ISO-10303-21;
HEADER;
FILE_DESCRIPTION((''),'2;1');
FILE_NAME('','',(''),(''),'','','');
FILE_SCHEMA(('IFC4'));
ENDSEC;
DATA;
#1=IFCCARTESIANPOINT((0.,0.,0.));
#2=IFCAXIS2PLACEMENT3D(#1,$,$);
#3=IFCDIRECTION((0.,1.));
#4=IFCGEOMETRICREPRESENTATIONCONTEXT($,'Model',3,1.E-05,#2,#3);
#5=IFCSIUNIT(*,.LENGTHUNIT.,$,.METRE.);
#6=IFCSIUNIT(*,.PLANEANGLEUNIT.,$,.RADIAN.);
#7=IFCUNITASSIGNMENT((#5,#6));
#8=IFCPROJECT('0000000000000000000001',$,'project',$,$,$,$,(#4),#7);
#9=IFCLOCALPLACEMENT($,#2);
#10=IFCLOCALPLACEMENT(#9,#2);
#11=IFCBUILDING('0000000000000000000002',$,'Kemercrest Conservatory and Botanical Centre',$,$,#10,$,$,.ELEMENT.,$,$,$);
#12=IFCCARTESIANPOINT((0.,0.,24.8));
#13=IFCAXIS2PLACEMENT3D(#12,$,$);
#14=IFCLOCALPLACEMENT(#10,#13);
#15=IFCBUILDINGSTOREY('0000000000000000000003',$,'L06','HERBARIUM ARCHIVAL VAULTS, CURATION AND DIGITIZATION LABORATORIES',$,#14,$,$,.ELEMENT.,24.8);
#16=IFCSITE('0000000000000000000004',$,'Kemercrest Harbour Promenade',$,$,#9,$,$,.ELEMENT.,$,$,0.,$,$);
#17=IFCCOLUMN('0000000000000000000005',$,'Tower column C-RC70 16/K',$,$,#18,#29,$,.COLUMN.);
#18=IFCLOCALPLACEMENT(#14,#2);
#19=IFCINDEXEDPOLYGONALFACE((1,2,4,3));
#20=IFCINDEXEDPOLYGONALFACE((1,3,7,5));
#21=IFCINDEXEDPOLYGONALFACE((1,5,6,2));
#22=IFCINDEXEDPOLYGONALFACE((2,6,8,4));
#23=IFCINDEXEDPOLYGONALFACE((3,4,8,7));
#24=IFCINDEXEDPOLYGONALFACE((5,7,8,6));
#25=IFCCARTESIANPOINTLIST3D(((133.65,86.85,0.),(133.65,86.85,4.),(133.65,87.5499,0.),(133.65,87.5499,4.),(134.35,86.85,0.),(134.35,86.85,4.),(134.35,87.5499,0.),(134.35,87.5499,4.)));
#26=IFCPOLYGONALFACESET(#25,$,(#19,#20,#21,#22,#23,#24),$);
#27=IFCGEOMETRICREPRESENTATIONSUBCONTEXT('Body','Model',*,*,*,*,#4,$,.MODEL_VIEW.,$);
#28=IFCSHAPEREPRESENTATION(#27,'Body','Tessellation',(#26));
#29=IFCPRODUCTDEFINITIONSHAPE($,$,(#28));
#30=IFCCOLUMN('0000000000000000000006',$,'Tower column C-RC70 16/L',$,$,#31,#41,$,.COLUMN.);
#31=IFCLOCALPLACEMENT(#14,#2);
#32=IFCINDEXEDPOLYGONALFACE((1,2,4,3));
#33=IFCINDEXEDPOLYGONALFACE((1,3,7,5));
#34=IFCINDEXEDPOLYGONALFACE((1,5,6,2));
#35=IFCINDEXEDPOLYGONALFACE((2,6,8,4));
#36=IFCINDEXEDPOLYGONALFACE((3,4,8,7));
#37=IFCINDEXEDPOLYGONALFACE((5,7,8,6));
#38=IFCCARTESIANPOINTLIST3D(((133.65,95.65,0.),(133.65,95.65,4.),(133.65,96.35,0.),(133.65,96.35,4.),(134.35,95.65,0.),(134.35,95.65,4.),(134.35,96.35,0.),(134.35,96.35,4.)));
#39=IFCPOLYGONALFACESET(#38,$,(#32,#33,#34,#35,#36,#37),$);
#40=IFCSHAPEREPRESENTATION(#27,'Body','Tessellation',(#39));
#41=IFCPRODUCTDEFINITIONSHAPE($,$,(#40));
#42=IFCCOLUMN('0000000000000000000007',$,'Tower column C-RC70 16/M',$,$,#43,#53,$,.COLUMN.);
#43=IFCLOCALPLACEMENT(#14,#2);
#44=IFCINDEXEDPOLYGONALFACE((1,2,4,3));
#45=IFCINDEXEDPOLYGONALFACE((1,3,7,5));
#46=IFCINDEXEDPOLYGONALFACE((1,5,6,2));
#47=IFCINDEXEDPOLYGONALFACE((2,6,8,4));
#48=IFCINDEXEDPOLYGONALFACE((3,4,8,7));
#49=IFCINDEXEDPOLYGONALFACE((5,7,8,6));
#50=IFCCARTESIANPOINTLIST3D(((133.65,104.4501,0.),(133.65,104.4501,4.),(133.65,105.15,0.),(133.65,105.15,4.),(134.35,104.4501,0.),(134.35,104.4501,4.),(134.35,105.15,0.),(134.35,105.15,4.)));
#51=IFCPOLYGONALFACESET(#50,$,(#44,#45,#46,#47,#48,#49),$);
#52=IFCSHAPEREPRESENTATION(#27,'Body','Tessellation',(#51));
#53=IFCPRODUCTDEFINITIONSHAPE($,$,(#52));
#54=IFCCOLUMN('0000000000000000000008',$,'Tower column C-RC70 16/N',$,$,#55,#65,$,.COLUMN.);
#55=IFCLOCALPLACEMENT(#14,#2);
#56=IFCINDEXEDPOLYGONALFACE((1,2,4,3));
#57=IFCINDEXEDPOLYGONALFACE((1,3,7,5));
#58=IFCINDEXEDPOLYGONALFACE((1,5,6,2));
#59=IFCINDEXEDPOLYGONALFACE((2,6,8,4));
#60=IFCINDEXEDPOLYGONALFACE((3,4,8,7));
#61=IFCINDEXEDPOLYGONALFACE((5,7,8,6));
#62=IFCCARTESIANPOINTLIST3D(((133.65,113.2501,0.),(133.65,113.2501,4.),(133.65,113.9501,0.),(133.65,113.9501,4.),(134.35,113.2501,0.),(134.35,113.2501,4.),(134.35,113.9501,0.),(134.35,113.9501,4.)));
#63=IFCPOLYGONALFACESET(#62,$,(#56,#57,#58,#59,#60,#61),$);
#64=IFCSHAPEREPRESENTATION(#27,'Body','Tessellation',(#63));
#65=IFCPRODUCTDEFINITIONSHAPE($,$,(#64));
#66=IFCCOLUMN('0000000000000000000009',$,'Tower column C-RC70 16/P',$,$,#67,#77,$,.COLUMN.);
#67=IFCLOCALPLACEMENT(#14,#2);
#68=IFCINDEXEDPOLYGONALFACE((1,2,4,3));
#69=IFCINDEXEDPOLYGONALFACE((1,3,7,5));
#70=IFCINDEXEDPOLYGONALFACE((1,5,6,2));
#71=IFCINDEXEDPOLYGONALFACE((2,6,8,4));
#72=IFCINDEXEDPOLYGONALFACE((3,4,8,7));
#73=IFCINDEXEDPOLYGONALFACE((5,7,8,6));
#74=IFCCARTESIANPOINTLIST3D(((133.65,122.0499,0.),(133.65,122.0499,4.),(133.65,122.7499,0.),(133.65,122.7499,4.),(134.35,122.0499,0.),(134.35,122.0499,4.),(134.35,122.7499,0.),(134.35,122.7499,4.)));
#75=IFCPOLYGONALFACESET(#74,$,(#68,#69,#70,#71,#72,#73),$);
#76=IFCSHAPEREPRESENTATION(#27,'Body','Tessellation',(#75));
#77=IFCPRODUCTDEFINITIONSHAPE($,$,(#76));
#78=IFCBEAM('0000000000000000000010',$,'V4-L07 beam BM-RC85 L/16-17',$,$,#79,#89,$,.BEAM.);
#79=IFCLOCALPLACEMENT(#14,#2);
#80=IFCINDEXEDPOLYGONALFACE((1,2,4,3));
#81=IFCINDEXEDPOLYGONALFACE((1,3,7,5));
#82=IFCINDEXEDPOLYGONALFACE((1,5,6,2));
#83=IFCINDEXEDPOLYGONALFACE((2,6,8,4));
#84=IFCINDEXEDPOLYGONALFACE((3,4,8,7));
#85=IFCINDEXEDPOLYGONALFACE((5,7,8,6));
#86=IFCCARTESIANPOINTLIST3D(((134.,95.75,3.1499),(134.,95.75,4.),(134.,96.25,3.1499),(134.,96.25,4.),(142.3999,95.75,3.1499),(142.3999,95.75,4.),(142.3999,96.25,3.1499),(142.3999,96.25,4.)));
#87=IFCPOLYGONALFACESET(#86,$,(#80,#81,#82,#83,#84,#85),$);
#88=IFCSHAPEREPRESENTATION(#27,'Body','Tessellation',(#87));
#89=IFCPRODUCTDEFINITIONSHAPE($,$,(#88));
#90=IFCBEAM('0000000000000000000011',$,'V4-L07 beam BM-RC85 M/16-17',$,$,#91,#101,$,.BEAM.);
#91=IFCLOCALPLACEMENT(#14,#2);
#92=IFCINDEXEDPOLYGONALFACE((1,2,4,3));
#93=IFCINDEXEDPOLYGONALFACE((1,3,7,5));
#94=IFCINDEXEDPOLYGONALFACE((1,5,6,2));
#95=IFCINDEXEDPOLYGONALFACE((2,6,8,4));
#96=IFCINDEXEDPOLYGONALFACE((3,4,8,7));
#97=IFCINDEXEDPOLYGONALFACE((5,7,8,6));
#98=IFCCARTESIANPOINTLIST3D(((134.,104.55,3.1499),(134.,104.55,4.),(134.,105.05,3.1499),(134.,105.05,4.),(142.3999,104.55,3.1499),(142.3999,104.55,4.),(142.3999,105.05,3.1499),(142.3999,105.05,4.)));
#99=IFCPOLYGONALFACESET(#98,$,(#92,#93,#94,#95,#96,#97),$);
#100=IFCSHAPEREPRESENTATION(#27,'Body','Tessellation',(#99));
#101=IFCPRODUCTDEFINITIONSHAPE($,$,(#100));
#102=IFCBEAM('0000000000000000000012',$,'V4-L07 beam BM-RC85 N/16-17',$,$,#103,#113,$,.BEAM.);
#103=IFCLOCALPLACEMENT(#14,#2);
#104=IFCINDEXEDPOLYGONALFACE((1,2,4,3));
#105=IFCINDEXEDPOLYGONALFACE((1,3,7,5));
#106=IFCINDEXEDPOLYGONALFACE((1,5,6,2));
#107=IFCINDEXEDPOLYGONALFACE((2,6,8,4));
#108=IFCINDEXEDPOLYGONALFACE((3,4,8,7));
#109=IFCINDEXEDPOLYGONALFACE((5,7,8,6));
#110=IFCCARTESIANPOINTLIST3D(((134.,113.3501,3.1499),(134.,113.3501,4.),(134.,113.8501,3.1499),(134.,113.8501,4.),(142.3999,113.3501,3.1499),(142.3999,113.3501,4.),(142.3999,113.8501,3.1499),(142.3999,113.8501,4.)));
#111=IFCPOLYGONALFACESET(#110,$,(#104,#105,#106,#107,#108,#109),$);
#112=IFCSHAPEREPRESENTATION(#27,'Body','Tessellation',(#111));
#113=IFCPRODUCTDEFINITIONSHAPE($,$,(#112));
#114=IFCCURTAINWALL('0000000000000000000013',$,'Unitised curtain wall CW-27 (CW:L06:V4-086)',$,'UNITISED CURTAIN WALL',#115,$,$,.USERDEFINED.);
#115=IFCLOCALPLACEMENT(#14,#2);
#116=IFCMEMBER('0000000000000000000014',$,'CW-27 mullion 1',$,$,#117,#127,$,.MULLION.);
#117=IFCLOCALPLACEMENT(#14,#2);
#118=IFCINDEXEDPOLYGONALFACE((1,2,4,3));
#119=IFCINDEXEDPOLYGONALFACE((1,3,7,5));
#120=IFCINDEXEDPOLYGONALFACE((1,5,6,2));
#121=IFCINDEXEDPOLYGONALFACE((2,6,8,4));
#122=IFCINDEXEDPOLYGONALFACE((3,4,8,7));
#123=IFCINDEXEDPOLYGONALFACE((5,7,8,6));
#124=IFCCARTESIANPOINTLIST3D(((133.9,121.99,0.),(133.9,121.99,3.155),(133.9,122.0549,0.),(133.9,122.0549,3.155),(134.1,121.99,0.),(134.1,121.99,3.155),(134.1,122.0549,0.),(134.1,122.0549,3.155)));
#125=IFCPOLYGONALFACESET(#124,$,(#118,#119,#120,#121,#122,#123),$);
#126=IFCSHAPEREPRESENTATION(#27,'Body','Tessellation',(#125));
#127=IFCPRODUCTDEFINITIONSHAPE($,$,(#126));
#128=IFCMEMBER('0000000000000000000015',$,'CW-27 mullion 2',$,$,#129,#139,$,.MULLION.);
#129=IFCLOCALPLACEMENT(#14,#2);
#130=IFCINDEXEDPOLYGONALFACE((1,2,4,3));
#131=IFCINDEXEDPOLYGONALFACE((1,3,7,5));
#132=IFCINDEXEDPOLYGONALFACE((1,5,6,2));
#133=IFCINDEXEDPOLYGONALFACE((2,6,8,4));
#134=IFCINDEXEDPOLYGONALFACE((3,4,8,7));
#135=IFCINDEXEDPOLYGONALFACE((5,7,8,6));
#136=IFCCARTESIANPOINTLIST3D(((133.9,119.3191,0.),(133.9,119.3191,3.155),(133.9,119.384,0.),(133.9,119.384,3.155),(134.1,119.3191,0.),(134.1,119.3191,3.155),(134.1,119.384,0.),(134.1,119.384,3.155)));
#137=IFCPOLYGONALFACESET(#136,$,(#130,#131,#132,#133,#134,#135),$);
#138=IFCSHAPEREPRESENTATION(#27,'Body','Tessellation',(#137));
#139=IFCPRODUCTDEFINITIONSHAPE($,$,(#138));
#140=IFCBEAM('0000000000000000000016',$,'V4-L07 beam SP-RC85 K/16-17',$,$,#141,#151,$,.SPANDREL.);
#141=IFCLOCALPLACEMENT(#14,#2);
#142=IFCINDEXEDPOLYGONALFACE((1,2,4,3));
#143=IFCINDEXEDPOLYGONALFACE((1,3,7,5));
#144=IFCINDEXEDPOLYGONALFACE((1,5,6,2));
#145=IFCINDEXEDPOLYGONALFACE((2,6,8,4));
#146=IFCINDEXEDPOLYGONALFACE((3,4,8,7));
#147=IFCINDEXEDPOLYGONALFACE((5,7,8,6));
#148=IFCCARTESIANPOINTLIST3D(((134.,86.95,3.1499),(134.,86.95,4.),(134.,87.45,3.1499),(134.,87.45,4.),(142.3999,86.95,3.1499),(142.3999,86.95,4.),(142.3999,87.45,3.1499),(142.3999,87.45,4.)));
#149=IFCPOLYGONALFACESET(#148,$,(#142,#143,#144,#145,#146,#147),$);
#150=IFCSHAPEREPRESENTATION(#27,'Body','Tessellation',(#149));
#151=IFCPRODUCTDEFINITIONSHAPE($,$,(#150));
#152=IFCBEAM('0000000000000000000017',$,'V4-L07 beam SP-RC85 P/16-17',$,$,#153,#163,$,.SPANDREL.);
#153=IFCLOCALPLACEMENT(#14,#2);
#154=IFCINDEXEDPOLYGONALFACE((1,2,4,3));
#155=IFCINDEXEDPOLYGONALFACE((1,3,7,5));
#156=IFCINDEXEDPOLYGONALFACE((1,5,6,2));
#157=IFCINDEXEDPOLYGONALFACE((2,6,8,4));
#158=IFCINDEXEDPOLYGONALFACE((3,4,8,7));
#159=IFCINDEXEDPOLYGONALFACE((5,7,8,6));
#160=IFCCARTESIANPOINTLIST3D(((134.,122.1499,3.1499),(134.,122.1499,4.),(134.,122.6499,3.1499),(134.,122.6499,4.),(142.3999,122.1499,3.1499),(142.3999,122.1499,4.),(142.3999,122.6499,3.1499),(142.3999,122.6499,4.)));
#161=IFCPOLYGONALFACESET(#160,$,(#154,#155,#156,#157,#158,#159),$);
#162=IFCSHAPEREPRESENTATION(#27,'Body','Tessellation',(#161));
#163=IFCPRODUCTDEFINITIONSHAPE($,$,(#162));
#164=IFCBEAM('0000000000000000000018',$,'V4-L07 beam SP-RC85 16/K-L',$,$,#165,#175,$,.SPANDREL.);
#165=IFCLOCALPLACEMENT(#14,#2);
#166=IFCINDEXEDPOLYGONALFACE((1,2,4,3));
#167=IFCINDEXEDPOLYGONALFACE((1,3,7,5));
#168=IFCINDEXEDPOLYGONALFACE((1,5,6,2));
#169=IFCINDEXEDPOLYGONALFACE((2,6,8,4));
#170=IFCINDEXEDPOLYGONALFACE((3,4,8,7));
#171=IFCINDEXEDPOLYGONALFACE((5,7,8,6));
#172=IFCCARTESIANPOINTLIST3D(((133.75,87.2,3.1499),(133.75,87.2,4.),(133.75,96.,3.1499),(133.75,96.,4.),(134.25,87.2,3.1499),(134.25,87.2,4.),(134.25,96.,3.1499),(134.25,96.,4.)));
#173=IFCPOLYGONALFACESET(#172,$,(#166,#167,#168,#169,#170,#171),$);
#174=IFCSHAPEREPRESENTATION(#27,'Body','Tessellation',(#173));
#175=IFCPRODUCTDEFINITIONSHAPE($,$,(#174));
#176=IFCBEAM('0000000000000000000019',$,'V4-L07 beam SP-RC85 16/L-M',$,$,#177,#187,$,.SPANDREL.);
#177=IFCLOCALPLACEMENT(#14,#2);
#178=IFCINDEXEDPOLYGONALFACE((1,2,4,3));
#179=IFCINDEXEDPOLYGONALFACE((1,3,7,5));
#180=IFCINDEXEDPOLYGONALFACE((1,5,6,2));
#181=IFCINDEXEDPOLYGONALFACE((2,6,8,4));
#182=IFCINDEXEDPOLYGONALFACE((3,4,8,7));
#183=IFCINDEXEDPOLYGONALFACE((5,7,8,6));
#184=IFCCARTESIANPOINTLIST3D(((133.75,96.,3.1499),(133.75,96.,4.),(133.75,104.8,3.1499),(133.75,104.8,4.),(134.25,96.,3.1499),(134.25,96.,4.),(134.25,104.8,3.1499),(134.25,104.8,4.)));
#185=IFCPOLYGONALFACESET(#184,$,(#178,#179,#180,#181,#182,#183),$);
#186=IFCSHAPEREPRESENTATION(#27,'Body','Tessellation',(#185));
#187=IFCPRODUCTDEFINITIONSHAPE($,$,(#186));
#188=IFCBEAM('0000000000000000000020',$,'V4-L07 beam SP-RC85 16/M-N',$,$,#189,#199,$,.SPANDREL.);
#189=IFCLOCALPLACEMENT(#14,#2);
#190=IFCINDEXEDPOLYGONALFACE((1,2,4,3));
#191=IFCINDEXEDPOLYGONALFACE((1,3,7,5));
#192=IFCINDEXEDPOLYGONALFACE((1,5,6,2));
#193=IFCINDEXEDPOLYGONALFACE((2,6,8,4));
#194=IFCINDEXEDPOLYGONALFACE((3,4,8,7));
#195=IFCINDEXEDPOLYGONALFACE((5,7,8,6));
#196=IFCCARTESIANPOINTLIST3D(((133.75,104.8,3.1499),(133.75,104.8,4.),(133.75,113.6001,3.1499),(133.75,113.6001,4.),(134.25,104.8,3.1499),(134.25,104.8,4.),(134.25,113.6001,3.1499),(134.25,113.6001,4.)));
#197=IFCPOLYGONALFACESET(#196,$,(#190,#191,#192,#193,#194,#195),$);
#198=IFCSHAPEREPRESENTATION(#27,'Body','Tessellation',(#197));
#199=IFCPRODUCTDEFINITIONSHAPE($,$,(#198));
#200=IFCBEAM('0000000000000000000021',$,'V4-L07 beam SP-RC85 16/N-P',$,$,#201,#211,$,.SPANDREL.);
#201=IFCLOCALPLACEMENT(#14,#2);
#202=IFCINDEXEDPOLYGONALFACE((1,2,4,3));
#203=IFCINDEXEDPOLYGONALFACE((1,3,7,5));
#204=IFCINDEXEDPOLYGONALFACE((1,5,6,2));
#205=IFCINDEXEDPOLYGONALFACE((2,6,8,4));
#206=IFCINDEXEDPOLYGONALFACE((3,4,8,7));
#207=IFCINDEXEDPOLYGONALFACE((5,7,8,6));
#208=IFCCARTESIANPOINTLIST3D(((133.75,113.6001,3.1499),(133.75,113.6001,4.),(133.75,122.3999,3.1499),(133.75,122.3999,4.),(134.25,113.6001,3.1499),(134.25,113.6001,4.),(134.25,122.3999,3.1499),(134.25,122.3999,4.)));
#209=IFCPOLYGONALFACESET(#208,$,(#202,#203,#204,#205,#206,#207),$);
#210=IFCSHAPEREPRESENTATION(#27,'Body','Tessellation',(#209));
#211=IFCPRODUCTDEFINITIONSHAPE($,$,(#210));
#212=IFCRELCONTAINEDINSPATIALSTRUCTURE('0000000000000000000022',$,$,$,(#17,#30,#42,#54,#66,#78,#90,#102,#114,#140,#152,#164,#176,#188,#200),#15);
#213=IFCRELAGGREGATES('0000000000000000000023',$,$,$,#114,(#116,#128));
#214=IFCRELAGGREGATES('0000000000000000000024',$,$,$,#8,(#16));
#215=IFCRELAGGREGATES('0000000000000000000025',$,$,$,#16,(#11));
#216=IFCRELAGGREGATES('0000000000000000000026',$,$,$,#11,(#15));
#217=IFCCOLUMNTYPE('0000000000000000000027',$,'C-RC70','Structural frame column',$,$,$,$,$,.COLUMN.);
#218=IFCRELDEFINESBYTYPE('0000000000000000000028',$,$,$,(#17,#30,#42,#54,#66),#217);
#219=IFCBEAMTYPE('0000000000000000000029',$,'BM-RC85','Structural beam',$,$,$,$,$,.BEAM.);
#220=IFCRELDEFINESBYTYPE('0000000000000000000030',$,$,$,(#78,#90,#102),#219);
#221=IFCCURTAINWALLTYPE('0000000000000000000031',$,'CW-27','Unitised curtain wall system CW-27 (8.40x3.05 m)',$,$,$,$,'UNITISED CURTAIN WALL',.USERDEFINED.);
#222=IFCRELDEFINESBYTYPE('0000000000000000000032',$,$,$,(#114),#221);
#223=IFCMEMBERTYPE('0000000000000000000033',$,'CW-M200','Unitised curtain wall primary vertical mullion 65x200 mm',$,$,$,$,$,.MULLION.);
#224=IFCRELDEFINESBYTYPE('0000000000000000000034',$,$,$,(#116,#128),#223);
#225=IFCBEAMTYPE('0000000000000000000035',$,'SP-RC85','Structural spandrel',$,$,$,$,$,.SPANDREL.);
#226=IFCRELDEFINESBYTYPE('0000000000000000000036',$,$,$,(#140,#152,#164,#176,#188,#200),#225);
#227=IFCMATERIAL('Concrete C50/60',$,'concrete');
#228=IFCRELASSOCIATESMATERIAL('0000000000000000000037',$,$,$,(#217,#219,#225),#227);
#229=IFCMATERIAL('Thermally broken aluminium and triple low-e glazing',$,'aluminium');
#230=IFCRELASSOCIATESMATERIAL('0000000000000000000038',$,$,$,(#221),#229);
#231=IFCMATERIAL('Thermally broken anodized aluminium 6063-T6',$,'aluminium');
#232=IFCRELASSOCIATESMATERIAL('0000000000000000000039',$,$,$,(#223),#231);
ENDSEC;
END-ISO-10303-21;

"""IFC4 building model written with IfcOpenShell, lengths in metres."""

from ifc_helpers import new_model, si_unit, direction, frame, origin, origin_2d, place, context, subcontext, project, spatial, rectangle, extrude, material, material_profile, profile_set, type_object, element, aggregate, save


model = new_model("IFC4")

# Units and contexts
model_context = context("Model", 3, precision=1e-05, world=origin(), true_north=direction((0.0, 1.0)))
body_context = subcontext(model_context, "Body", "Model", "MODEL_VIEW")
ifc_project = project(units=[si_unit("LENGTHUNIT", "METRE"), si_unit("PLANEANGLEUNIT", "RADIAN")], contexts=[model_context])

# Site, building, storey
site_placement = place(None, origin())
site = spatial("IfcSite", under=ifc_project, at=site_placement, Name="Kemercrest Harbour Promenade", CompositionType="ELEMENT", RefElevation=0.0)
building_placement = place(site_placement, origin())
building = spatial("IfcBuilding", under=site, at=building_placement, Name="Kemercrest Conservatory and Botanical Centre", CompositionType="ELEMENT")
storey_placement = place(building_placement, frame((0.0, 0.0, 24.8)))
storey = spatial("IfcBuildingStorey", under=building, at=storey_placement, Name="L06", Description="HERBARIUM ARCHIVAL VAULTS, CURATION AND DIGITIZATION LABORATORIES", CompositionType="ELEMENT", Elevation=24.8)

# Columns
ifc_material_1 = material(Name="Concrete C50/60", Category="concrete")
ifc_material_profile_1 = material_profile(ifc_material_1, rectangle(XDim=0.7, YDim=0.7, at=origin_2d()), Name="RC 700x700")
ifc_profile_set_1 = profile_set([ifc_material_profile_1], Name="Concrete C50/60")
column_type = type_object("IfcColumnType", Name="C-RC70", Description="Structural frame column", PredefinedType="COLUMN", material=ifc_profile_set_1)
for number, where, z_axis, x_axis, name in (
    (1, (134.0, 87.2, 0.0), (0.0, 0.0, 1.0), (1.0, 0.0, 0.0), "Tower column C-RC70 16/K"),
    (2, (134.0, 96.0, 0.0), (0.0, 0.0, 1.0), (1.0, 0.0, 0.0), "Tower column C-RC70 16/L"),
    (3, (134.0, 104.8, 0.0), (0.0, 0.0, 1.0), (1.0, 0.0, 0.0), "Tower column C-RC70 16/M"),
    (4, (134.0, 113.6001, 0.0), (0.0, 0.0, 1.0), (1.0, 0.0, 0.0), "Tower column C-RC70 16/N"),
    (5, (134.0, 122.3999, 0.0), (0.0, 0.0, 1.0), (1.0, 0.0, 0.0), "Tower column C-RC70 16/P"),
):
    element("IfcColumn", number, at=place(storey_placement, frame(where, z_axis=z_axis, x_axis=x_axis)), inside=storey, type_object=column_type, Name=name, PredefinedType="COLUMN", context=body_context, shape_type="SweptSolid", body=[
        extrude(rectangle(XDim=0.7, YDim=0.7, at=origin_2d()), origin(), (0.0, 0.0, 1.0), 4.0),
    ])

# Beams
ifc_material_profile_2 = material_profile(ifc_material_1, rectangle(XDim=0.5, YDim=0.8501, at=origin_2d()), Name="RC 500x850")
ifc_profile_set_2 = profile_set([ifc_material_profile_2], Name="Concrete C50/60")
beam_type_1 = type_object("IfcBeamType", Name="BM-RC85", Description="Structural beam", PredefinedType="BEAM", material=ifc_profile_set_2)
for number, where, z_axis, x_axis, name in (
    (6, (134.0, 96.0, 3.575), (1.0, 0.0, 0.0), (0.0, 1.0, 0.0), "V4-L07 beam BM-RC85 L/16-17"),
    (7, (134.0, 104.8, 3.575), (1.0, 0.0, 0.0), (0.0, 1.0, 0.0), "V4-L07 beam BM-RC85 M/16-17"),
    (8, (134.0, 113.6001, 3.575), (1.0, 0.0, 0.0), (0.0, 1.0, 0.0), "V4-L07 beam BM-RC85 N/16-17"),
):
    element("IfcBeam", number, at=place(storey_placement, frame(where, z_axis=z_axis, x_axis=x_axis)), inside=storey, type_object=beam_type_1, Name=name, PredefinedType="BEAM", context=body_context, shape_type="SweptSolid", body=[
        extrude(rectangle(XDim=0.5, YDim=0.8501, at=origin_2d()), origin(), (0.0, 0.0, 1.0), 8.3999),
    ])

# Curtain wall, members
ifc_material_2 = material(Name="Thermally broken aluminium and triple low-e glazing", Category="aluminium")
curtain_wall_type = type_object("IfcCurtainWallType", Name="CW-27", Description="Unitised curtain wall system CW-27 (8.40x3.05 m)", ElementType="UNITISED CURTAIN WALL", PredefinedType="USERDEFINED", material=ifc_material_2)
curtain_wall_placement = place(storey_placement, origin())
curtain_wall = element("IfcCurtainWall", 9, at=curtain_wall_placement, inside=storey, type_object=curtain_wall_type, Name="Unitised curtain wall CW-27 (CW:L06:V4-086)", ObjectType="UNITISED CURTAIN WALL", PredefinedType="USERDEFINED")
ifc_material_3 = material(Name="Thermally broken anodized aluminium 6063-T6", Category="aluminium")
ifc_material_profile_3 = material_profile(ifc_material_3, rectangle(XDim=0.2, YDim=0.0649, at=origin_2d()), Name="AL MULLION 65x200")
ifc_profile_set_3 = profile_set([ifc_material_profile_3], Name="Thermally broken anodized aluminium 6063-T6")
member_type = type_object("IfcMemberType", Name="CW-M200", Description="Unitised curtain wall primary vertical mullion 65x200 mm", PredefinedType="MULLION", material=ifc_profile_set_3)
member_1_placement = place(storey_placement, frame((134.0, 122.0225, 0.0), z_axis=(0.0, 0.0, 1.0), x_axis=(1.0, 0.0, 0.0)))
member_1 = element("IfcMember", 10, at=member_1_placement, type_object=member_type, Name="CW-27 mullion 1", PredefinedType="MULLION", context=body_context, shape_type="SweptSolid", body=[
    extrude(rectangle(XDim=0.2, YDim=0.0649, at=origin_2d()), origin(), (0.0, 0.0, 1.0), 3.155),
])
member_2_placement = place(storey_placement, frame((134.0, 119.3516, 0.0), z_axis=(0.0, 0.0, 1.0), x_axis=(1.0, 0.0, 0.0)))
member_2 = element("IfcMember", 11, at=member_2_placement, type_object=member_type, Name="CW-27 mullion 2", PredefinedType="MULLION", context=body_context, shape_type="SweptSolid", body=[
    extrude(rectangle(XDim=0.2, YDim=0.0649, at=origin_2d()), origin(), (0.0, 0.0, 1.0), 3.155),
])
aggregate(curtain_wall, [member_1, member_2])

# Beams
ifc_material_profile_4 = material_profile(ifc_material_1, rectangle(XDim=0.5, YDim=0.8501, at=origin_2d()), Name="RC 500x850")
ifc_profile_set_4 = profile_set([ifc_material_profile_4], Name="Concrete C50/60")
beam_type_2 = type_object("IfcBeamType", Name="SP-RC85", Description="Structural spandrel", PredefinedType="SPANDREL", material=ifc_profile_set_4)
for number, where, z_axis, x_axis, name in (
    (12, (134.0, 87.2, 3.575), (1.0, 0.0, 0.0), (0.0, 1.0, 0.0), "V4-L07 beam SP-RC85 K/16-17"),
    (13, (134.0, 122.3999, 3.575), (1.0, 0.0, 0.0), (0.0, 1.0, 0.0), "V4-L07 beam SP-RC85 P/16-17"),
):
    element("IfcBeam", number, at=place(storey_placement, frame(where, z_axis=z_axis, x_axis=x_axis)), inside=storey, type_object=beam_type_2, Name=name, PredefinedType="SPANDREL", context=body_context, shape_type="SweptSolid", body=[
        extrude(rectangle(XDim=0.5, YDim=0.8501, at=origin_2d()), origin(), (0.0, 0.0, 1.0), 8.3999),
    ])
for number, where, z_axis, x_axis, name in (
    (14, (134.0, 87.2, 3.575), (0.0, 1.0, 0.0), (-1.0, 0.0, 0.0), "V4-L07 beam SP-RC85 16/K-L"),
    (15, (134.0, 96.0, 3.575), (0.0, 1.0, 0.0), (-1.0, 0.0, 0.0), "V4-L07 beam SP-RC85 16/L-M"),
    (16, (134.0, 104.8, 3.575), (0.0, 1.0, 0.0), (-1.0, 0.0, 0.0), "V4-L07 beam SP-RC85 16/M-N"),
):
    element("IfcBeam", number, at=place(storey_placement, frame(where, z_axis=z_axis, x_axis=x_axis)), inside=storey, type_object=beam_type_2, Name=name, PredefinedType="SPANDREL", context=body_context, shape_type="SweptSolid", body=[
        extrude(rectangle(XDim=0.5, YDim=0.8501, at=origin_2d()), origin(), (0.0, 0.0, 1.0), 8.8),
    ])
beam_placement = place(storey_placement, frame((134.0, 113.6001, 3.575), z_axis=(0.0, 1.0, 0.0), x_axis=(-1.0, 0.0, 0.0)))
element("IfcBeam", 17, at=beam_placement, inside=storey, type_object=beam_type_2, Name="V4-L07 beam SP-RC85 16/N-P", PredefinedType="SPANDREL", context=body_context, shape_type="SweptSolid", body=[
    extrude(rectangle(XDim=0.5, YDim=0.8501, at=origin_2d()), origin(), (0.0, 0.0, 1.0), 8.7998),
])

save(model, "model.ifc")
